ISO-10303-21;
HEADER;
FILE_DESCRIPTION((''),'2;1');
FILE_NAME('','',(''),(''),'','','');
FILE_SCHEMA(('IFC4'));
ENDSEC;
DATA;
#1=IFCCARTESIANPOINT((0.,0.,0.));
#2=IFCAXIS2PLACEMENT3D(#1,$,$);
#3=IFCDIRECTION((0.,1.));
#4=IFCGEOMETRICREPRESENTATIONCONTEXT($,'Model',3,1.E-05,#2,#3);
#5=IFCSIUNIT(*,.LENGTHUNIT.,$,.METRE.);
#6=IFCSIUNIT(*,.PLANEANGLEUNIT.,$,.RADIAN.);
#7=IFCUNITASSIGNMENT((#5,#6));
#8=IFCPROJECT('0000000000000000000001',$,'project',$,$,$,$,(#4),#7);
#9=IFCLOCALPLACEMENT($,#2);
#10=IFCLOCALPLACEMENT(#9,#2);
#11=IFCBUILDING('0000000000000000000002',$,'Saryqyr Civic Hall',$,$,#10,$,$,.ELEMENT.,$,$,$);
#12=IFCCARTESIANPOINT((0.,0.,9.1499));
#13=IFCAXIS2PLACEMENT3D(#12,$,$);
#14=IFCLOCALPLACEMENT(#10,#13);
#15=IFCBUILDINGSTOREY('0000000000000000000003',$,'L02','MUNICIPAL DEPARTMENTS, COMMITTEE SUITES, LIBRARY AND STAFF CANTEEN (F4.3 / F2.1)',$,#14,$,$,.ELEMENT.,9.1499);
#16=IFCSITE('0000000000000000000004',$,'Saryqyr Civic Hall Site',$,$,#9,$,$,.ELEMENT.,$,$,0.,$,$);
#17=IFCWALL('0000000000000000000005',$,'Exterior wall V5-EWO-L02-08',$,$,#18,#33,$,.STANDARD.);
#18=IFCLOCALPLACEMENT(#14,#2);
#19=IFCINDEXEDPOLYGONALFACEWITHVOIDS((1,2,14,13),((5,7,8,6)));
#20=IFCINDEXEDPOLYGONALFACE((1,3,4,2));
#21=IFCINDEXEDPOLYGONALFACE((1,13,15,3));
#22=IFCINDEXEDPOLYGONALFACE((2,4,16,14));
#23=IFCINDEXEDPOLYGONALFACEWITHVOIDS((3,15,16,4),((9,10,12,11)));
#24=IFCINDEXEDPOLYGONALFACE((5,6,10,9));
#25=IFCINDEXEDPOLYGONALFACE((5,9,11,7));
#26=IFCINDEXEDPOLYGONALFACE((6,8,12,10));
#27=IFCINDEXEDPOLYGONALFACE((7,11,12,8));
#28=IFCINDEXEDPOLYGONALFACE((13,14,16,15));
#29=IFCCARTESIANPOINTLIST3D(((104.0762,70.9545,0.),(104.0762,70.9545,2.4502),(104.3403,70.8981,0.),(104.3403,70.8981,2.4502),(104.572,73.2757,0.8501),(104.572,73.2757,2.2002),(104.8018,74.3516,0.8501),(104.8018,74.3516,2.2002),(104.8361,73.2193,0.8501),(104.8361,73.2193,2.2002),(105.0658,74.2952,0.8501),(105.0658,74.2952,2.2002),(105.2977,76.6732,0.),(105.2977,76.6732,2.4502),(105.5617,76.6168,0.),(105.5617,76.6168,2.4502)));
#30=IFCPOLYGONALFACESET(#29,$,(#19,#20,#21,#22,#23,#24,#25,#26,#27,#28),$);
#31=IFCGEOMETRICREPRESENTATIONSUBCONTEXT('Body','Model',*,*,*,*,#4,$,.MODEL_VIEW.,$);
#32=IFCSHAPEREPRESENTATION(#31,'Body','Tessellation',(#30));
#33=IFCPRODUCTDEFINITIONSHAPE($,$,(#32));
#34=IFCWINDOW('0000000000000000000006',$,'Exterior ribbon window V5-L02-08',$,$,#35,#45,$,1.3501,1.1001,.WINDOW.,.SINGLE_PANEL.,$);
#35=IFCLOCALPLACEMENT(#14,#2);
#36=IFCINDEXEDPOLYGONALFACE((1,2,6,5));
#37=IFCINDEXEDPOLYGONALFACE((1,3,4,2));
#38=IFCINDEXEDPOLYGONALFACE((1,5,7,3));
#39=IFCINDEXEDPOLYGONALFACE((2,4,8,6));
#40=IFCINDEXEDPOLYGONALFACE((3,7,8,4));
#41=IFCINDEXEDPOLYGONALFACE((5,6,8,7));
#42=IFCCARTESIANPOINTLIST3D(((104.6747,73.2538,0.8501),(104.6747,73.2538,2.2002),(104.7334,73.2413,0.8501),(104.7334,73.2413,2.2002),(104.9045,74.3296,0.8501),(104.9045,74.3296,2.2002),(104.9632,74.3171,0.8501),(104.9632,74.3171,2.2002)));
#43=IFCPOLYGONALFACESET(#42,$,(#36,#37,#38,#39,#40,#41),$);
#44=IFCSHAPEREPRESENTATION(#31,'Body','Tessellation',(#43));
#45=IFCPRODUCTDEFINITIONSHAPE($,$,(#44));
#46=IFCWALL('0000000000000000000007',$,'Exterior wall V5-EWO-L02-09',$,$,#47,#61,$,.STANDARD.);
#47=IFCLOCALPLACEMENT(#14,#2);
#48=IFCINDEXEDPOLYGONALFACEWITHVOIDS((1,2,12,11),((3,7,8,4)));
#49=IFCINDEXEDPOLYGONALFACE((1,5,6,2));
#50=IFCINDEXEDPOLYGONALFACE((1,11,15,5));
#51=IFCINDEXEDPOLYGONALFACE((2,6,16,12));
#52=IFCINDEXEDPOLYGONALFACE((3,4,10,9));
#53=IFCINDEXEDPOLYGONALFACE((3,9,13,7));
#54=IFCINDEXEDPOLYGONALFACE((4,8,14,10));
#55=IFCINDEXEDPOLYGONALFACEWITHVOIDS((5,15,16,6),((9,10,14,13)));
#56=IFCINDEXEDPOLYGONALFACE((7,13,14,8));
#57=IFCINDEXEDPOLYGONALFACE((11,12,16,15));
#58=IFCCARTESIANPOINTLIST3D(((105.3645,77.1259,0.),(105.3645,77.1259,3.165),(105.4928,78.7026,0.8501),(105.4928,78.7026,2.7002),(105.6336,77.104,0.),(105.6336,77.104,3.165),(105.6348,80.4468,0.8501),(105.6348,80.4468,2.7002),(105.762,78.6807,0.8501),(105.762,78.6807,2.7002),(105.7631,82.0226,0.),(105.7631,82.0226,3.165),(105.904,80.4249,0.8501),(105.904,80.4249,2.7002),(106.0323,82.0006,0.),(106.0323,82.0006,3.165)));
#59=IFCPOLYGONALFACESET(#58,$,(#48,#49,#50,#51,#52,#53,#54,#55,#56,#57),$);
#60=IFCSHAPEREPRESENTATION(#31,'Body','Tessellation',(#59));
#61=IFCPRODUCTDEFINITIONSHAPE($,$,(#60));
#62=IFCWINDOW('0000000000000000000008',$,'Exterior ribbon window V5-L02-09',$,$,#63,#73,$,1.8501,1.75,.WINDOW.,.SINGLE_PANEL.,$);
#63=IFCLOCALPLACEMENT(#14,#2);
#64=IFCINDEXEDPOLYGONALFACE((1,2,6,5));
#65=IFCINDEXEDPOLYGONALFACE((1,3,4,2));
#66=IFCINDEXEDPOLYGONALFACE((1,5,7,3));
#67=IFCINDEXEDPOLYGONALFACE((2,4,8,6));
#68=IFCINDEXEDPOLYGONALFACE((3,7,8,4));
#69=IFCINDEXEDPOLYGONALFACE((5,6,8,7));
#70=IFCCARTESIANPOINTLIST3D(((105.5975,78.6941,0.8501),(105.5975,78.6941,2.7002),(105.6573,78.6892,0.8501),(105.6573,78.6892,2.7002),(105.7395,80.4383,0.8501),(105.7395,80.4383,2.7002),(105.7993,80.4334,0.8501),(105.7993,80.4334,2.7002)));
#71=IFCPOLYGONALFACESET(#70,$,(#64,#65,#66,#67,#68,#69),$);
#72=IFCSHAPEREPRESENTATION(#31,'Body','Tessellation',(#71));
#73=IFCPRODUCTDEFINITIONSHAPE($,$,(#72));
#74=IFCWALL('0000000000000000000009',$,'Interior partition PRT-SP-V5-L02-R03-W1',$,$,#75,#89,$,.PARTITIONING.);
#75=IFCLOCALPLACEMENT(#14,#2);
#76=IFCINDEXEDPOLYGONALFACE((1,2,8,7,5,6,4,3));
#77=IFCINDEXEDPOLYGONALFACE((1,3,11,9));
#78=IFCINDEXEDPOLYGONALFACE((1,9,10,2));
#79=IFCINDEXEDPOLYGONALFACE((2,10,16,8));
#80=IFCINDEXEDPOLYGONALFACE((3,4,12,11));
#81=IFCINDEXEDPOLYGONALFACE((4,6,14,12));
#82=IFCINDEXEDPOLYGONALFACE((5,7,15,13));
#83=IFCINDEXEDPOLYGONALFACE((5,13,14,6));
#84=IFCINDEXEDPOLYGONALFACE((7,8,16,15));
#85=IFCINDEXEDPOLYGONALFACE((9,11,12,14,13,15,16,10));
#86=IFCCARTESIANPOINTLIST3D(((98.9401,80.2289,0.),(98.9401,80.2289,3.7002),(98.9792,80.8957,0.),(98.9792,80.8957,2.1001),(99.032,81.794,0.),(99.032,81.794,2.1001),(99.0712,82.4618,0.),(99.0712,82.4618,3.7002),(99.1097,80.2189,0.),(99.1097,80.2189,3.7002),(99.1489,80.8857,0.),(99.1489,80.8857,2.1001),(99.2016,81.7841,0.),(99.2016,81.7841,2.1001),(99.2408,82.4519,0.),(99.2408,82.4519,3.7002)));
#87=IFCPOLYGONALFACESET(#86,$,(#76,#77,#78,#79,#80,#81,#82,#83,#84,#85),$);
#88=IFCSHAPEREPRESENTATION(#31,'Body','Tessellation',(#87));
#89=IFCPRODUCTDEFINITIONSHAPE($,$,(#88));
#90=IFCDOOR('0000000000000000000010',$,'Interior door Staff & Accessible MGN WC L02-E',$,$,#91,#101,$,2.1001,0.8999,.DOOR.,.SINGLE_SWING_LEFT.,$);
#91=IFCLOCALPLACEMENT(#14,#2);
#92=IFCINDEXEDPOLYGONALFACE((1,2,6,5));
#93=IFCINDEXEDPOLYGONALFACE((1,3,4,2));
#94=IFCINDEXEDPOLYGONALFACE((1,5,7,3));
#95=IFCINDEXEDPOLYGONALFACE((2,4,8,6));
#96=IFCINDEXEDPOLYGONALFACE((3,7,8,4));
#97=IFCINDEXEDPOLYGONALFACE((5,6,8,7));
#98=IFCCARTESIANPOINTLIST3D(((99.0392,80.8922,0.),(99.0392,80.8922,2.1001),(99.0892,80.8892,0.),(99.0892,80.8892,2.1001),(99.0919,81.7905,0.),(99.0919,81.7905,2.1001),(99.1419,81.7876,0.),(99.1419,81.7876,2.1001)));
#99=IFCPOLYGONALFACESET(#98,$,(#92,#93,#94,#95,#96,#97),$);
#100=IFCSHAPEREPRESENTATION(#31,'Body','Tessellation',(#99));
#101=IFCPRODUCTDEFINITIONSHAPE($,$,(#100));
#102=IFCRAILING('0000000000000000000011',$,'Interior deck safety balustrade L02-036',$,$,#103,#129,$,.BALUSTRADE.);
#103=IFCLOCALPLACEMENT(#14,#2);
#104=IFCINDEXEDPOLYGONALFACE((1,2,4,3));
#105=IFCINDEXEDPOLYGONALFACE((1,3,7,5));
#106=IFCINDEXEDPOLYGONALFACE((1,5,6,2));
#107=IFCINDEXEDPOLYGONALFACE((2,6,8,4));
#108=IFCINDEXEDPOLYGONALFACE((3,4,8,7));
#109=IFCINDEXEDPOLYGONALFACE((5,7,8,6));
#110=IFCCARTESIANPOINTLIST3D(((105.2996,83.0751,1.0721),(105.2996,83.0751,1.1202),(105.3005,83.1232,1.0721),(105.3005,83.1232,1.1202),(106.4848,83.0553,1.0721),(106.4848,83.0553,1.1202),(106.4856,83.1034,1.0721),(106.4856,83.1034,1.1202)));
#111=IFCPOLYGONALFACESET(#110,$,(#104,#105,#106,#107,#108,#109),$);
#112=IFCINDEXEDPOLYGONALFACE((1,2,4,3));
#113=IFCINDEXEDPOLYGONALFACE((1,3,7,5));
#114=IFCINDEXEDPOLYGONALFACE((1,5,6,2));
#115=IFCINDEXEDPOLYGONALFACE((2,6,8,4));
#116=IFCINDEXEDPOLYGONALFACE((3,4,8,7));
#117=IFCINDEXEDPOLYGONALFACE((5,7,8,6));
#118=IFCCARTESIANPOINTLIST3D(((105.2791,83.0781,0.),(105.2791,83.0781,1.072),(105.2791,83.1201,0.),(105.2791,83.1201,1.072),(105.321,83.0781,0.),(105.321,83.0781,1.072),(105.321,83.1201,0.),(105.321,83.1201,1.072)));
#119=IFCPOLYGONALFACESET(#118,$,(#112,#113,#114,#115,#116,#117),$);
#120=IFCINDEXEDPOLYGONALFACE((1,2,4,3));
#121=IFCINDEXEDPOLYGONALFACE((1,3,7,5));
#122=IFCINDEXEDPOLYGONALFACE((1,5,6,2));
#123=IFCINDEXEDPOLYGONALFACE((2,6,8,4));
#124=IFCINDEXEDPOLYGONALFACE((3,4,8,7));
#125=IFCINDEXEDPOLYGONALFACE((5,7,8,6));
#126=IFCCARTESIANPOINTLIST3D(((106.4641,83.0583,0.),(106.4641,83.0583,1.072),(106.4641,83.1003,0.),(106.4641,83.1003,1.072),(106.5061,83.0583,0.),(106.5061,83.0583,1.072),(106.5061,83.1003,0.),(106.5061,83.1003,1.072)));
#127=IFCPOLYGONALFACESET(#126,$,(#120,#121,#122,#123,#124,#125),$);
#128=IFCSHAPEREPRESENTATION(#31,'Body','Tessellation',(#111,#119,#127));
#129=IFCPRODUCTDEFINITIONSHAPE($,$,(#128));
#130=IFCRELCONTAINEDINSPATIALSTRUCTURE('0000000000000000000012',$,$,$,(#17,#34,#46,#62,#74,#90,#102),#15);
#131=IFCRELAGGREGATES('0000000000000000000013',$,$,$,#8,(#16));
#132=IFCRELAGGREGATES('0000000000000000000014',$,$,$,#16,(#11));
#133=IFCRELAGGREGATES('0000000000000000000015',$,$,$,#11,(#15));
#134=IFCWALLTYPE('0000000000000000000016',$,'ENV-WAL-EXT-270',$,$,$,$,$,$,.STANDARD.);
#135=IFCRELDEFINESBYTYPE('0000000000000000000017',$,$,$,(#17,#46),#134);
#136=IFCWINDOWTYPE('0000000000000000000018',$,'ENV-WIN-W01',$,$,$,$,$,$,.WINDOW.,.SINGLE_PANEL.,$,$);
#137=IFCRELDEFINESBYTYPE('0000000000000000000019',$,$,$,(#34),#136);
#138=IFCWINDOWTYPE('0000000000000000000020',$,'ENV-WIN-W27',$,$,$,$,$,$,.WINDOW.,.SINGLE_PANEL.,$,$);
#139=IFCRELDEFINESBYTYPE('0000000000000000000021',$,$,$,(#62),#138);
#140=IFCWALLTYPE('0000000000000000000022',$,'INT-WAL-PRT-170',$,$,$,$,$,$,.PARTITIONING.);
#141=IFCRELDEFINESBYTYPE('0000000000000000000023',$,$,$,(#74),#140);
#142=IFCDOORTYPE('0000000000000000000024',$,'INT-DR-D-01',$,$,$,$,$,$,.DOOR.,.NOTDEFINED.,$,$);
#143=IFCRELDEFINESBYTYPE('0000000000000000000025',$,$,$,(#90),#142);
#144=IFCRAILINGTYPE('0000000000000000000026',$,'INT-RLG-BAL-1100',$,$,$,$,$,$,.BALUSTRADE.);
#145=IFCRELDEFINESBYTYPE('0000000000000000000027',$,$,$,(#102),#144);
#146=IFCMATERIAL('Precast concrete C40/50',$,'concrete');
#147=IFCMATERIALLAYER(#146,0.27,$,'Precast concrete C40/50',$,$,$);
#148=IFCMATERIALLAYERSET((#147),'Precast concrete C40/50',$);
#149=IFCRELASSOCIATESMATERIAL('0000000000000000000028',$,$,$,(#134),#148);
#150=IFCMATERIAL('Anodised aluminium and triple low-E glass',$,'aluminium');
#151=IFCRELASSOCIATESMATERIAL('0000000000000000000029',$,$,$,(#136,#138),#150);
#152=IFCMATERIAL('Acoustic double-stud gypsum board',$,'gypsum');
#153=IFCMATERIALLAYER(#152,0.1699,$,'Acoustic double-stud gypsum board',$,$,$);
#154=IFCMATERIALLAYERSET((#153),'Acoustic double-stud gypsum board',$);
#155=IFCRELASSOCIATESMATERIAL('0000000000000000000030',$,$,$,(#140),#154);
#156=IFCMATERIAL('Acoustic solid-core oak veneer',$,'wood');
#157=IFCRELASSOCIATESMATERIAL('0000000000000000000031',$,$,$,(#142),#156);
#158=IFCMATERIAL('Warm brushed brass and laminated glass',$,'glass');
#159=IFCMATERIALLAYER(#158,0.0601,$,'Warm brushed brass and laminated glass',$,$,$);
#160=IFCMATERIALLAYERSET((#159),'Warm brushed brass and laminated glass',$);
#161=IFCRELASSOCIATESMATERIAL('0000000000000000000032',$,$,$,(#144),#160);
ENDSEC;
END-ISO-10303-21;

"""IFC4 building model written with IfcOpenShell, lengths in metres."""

from ifc_helpers import new_model, si_unit, direction, frame, frame_2d, origin, origin_2d, place, context, subcontext, project, spatial, rectangle, extrude, material, layer, layer_set, type_object, element, fill, save


model = new_model("IFC4")

# Units and contexts
model_context = context("Model", 3, precision=1e-05, world=origin(), true_north=direction((0.0, 1.0)))
body_context = subcontext(model_context, "Body", "Model", "MODEL_VIEW")
ifc_project = project(units=[si_unit("LENGTHUNIT", "METRE"), si_unit("PLANEANGLEUNIT", "RADIAN")], contexts=[model_context])

# Site, building, storey
site_placement = place(None, origin())
site = spatial("IfcSite", under=ifc_project, at=site_placement, Name="Saryqyr Civic Hall Site", CompositionType="ELEMENT", RefElevation=0.0)
building_placement = place(site_placement, origin())
building = spatial("IfcBuilding", under=site, at=building_placement, Name="Saryqyr Civic Hall", CompositionType="ELEMENT")
storey_placement = place(building_placement, frame((0.0, 0.0, 9.1499)))
storey = spatial("IfcBuildingStorey", under=building, at=storey_placement, Name="L02", Description="MUNICIPAL DEPARTMENTS, COMMITTEE SUITES, LIBRARY AND STAFF CANTEEN (F4.3 / F2.1)", CompositionType="ELEMENT", Elevation=9.1499)

# Shared definitions
ifc_material_1 = material(Name="Anodised aluminium and triple low-E glass", Category="aluminium")

# Walls, openings, windows
ifc_material_2 = material(Name="Precast concrete C40/50", Category="concrete")
ifc_layer_1 = layer(ifc_material_2, 0.27, Name="Precast concrete C40/50")
ifc_layer_set_1 = layer_set([ifc_layer_1], Name="Precast concrete C40/50")
wall_type_1 = type_object("IfcWallType", Name="ENV-WAL-EXT-270", PredefinedType="STANDARD", material=ifc_layer_set_1)
wall_1_placement = place(storey_placement, frame((105.4297, 76.645, 0.0), z_axis=(0.0, 0.0, 1.0), x_axis=(-0.208873, -0.977943, 0.0)))
wall_1 = element("IfcWall", 1, at=wall_1_placement, inside=storey, type_object=wall_type_1, Name="Exterior wall V5-EWO-L02-08", PredefinedType="STANDARD", context=body_context, shape_type="SweptSolid", body=[
    extrude(rectangle(XDim=5.8477, YDim=0.27, at=frame_2d((2.9238, 0.0))), origin(), (0.0, 0.0, 1.0), 2.4502),
])
opening_1_placement = place(wall_1_placement, frame((2.374, 0.0, 0.8501)))
opening_1 = element("IfcOpeningElement", 2, at=opening_1_placement, cuts=wall_1, PredefinedType="OPENING", context=body_context, shape_type="SweptSolid", body=[
    extrude(rectangle(XDim=1.1001, YDim=1.3501, at=frame_2d((0.55, 0.675))), frame((0.0, 0.145, 0.0), z_axis=(0.0, -1.0, 0.0), x_axis=(1.0, 0.0, 0.0)), (0.0, 0.0, 1.0), 0.29),
])
window_type_1 = type_object("IfcWindowType", Name="ENV-WIN-W01", PartitioningType="SINGLE_PANEL", PredefinedType="WINDOW", material=ifc_material_1)
window_1_placement = place(opening_1_placement, origin())
window_1 = element("IfcWindow", 3, at=window_1_placement, inside=storey, type_object=window_type_1, Name="Exterior ribbon window V5-L02-08", OverallHeight=1.3501, OverallWidth=1.1001, PartitioningType="SINGLE_PANEL", PredefinedType="WINDOW", context=body_context, shape_type="SweptSolid", body=[
    extrude(rectangle(XDim=1.1001, YDim=1.3501, at=frame_2d((0.55, 0.675))), frame((0.0, 0.03, 0.0), z_axis=(0.0, -1.0, 0.0), x_axis=(1.0, 0.0, 0.0)), (0.0, 0.0, 1.0), 0.0601),
])
fill(opening_1, window_1)
wall_2_placement = place(storey_placement, frame((105.8977, 82.0117, 0.0), z_axis=(0.0, 0.0, 1.0), x_axis=(-0.081149, -0.996702, 0.0)))
wall_2 = element("IfcWall", 4, at=wall_2_placement, inside=storey, type_object=wall_type_1, Name="Exterior wall V5-EWO-L02-09", PredefinedType="STANDARD", context=body_context, shape_type="SweptSolid", body=[
    extrude(rectangle(XDim=4.9128, YDim=0.27, at=frame_2d((2.4565, 0.0))), origin(), (0.0, 0.0, 1.0), 3.165),
])
opening_2_placement = place(wall_2_placement, frame((1.5811, 0.0, 0.8501)))
opening_2 = element("IfcOpeningElement", 5, at=opening_2_placement, cuts=wall_2, PredefinedType="OPENING", context=body_context, shape_type="SweptSolid", body=[
    extrude(rectangle(XDim=1.75, YDim=1.8501, at=frame_2d((0.875, 0.925))), frame((0.0, 0.145, 0.0), z_axis=(0.0, -1.0, 0.0), x_axis=(1.0, 0.0, 0.0)), (0.0, 0.0, 1.0), 0.29),
])
window_type_2 = type_object("IfcWindowType", Name="ENV-WIN-W27", PartitioningType="SINGLE_PANEL", PredefinedType="WINDOW", material=ifc_material_1)
window_2_placement = place(opening_2_placement, origin())
window_2 = element("IfcWindow", 6, at=window_2_placement, inside=storey, type_object=window_type_2, Name="Exterior ribbon window V5-L02-09", OverallHeight=1.8501, OverallWidth=1.75, PartitioningType="SINGLE_PANEL", PredefinedType="WINDOW", context=body_context, shape_type="SweptSolid", body=[
    extrude(rectangle(XDim=1.75, YDim=1.8501, at=frame_2d((0.875, 0.925))), frame((0.0, 0.03, 0.0), z_axis=(0.0, -1.0, 0.0), x_axis=(1.0, 0.0, 0.0)), (0.0, 0.0, 1.0), 0.0601),
])
fill(opening_2, window_2)

# Wall, opening, door
ifc_material_3 = material(Name="Acoustic double-stud gypsum board", Category="gypsum")
ifc_layer_2 = layer(ifc_material_3, 0.1699, Name="Acoustic double-stud gypsum board")
ifc_layer_set_2 = layer_set([ifc_layer_2], Name="Acoustic double-stud gypsum board")
wall_type_2 = type_object("IfcWallType", Name="INT-WAL-PRT-170", PredefinedType="PARTITIONING", material=ifc_layer_set_2)
wall_3_placement = place(storey_placement, frame((99.0249, 80.2239, 0.0), z_axis=(0.0, 0.0, 1.0), x_axis=(0.058613, 0.998281, 0.0)))
wall_3 = element("IfcWall", 7, at=wall_3_placement, inside=storey, type_object=wall_type_2, Name="Interior partition PRT-SP-V5-L02-R03-W1", PredefinedType="PARTITIONING", context=body_context, shape_type="SweptSolid", body=[
    extrude(rectangle(XDim=2.2368, YDim=0.1699, at=frame_2d((1.1184, 0.0))), origin(), (0.0, 0.0, 1.0), 3.7002),
])
opening_3_placement = place(wall_3_placement, frame((0.668, 0.0, 0.0)))
opening_3 = element("IfcOpeningElement", 8, at=opening_3_placement, cuts=wall_3, PredefinedType="OPENING", context=body_context, shape_type="SweptSolid", body=[
    extrude(rectangle(XDim=0.8999, YDim=2.1001, at=frame_2d((0.45, 1.05))), frame((0.0, 0.095, 0.0), z_axis=(0.0, -1.0, 0.0), x_axis=(1.0, 0.0, 0.0)), (0.0, 0.0, 1.0), 0.1899),
])
ifc_material_4 = material(Name="Acoustic solid-core oak veneer", Category="wood")
door_type = type_object("IfcDoorType", Name="INT-DR-D-01", OperationType="NOTDEFINED", PredefinedType="DOOR", material=ifc_material_4)
door_placement = place(opening_3_placement, origin())
door = element("IfcDoor", 9, at=door_placement, inside=storey, type_object=door_type, Name="Interior door Staff & Accessible MGN WC L02-E", OperationType="SINGLE_SWING_LEFT", OverallHeight=2.1001, OverallWidth=0.8999, PredefinedType="DOOR", context=body_context, shape_type="SweptSolid", body=[
    extrude(rectangle(XDim=0.8999, YDim=2.1001, at=frame_2d((0.45, 1.05))), frame((0.0, 0.0249, 0.0), z_axis=(0.0, -1.0, 0.0), x_axis=(1.0, 0.0, 0.0)), (0.0, 0.0, 1.0), 0.05),
])
fill(opening_3, door)

# Railing
ifc_material_5 = material(Name="Warm brushed brass and laminated glass", Category="glass")
ifc_layer_3 = layer(ifc_material_5, 0.0601, Name="Warm brushed brass and laminated glass")
ifc_layer_set_3 = layer_set([ifc_layer_3], Name="Warm brushed brass and laminated glass")
railing_type = type_object("IfcRailingType", Name="INT-RLG-BAL-1100", PredefinedType="BALUSTRADE", material=ifc_layer_set_3)
railing_1_placement = place(storey_placement, frame((105.3, 83.0991, 0.0)))
element("IfcRailing", 10, at=railing_1_placement, inside=storey, type_object=railing_type, Name="Interior deck safety balustrade L02-036", PredefinedType="BALUSTRADE", context=body_context, shape_type="SweptSolid", body=[
    extrude(rectangle(XDim=0.0481, YDim=0.0481, at=origin_2d()), frame((0.0, 0.0, 1.0962), z_axis=(0.999861, -0.016685, 0.0), x_axis=(0.016685, 0.999861, 0.0)), (0.0, 0.0, 1.0), 1.1853),
    extrude(rectangle(XDim=0.042, YDim=0.042, at=origin_2d()), origin(), (0.0, 0.0, 1.0), 1.072),
    extrude(rectangle(XDim=0.042, YDim=0.042, at=origin_2d()), frame((1.1851, -0.0198, 0.0)), (0.0, 0.0, 1.0), 1.072),
])

save(model, "model.ifc")
